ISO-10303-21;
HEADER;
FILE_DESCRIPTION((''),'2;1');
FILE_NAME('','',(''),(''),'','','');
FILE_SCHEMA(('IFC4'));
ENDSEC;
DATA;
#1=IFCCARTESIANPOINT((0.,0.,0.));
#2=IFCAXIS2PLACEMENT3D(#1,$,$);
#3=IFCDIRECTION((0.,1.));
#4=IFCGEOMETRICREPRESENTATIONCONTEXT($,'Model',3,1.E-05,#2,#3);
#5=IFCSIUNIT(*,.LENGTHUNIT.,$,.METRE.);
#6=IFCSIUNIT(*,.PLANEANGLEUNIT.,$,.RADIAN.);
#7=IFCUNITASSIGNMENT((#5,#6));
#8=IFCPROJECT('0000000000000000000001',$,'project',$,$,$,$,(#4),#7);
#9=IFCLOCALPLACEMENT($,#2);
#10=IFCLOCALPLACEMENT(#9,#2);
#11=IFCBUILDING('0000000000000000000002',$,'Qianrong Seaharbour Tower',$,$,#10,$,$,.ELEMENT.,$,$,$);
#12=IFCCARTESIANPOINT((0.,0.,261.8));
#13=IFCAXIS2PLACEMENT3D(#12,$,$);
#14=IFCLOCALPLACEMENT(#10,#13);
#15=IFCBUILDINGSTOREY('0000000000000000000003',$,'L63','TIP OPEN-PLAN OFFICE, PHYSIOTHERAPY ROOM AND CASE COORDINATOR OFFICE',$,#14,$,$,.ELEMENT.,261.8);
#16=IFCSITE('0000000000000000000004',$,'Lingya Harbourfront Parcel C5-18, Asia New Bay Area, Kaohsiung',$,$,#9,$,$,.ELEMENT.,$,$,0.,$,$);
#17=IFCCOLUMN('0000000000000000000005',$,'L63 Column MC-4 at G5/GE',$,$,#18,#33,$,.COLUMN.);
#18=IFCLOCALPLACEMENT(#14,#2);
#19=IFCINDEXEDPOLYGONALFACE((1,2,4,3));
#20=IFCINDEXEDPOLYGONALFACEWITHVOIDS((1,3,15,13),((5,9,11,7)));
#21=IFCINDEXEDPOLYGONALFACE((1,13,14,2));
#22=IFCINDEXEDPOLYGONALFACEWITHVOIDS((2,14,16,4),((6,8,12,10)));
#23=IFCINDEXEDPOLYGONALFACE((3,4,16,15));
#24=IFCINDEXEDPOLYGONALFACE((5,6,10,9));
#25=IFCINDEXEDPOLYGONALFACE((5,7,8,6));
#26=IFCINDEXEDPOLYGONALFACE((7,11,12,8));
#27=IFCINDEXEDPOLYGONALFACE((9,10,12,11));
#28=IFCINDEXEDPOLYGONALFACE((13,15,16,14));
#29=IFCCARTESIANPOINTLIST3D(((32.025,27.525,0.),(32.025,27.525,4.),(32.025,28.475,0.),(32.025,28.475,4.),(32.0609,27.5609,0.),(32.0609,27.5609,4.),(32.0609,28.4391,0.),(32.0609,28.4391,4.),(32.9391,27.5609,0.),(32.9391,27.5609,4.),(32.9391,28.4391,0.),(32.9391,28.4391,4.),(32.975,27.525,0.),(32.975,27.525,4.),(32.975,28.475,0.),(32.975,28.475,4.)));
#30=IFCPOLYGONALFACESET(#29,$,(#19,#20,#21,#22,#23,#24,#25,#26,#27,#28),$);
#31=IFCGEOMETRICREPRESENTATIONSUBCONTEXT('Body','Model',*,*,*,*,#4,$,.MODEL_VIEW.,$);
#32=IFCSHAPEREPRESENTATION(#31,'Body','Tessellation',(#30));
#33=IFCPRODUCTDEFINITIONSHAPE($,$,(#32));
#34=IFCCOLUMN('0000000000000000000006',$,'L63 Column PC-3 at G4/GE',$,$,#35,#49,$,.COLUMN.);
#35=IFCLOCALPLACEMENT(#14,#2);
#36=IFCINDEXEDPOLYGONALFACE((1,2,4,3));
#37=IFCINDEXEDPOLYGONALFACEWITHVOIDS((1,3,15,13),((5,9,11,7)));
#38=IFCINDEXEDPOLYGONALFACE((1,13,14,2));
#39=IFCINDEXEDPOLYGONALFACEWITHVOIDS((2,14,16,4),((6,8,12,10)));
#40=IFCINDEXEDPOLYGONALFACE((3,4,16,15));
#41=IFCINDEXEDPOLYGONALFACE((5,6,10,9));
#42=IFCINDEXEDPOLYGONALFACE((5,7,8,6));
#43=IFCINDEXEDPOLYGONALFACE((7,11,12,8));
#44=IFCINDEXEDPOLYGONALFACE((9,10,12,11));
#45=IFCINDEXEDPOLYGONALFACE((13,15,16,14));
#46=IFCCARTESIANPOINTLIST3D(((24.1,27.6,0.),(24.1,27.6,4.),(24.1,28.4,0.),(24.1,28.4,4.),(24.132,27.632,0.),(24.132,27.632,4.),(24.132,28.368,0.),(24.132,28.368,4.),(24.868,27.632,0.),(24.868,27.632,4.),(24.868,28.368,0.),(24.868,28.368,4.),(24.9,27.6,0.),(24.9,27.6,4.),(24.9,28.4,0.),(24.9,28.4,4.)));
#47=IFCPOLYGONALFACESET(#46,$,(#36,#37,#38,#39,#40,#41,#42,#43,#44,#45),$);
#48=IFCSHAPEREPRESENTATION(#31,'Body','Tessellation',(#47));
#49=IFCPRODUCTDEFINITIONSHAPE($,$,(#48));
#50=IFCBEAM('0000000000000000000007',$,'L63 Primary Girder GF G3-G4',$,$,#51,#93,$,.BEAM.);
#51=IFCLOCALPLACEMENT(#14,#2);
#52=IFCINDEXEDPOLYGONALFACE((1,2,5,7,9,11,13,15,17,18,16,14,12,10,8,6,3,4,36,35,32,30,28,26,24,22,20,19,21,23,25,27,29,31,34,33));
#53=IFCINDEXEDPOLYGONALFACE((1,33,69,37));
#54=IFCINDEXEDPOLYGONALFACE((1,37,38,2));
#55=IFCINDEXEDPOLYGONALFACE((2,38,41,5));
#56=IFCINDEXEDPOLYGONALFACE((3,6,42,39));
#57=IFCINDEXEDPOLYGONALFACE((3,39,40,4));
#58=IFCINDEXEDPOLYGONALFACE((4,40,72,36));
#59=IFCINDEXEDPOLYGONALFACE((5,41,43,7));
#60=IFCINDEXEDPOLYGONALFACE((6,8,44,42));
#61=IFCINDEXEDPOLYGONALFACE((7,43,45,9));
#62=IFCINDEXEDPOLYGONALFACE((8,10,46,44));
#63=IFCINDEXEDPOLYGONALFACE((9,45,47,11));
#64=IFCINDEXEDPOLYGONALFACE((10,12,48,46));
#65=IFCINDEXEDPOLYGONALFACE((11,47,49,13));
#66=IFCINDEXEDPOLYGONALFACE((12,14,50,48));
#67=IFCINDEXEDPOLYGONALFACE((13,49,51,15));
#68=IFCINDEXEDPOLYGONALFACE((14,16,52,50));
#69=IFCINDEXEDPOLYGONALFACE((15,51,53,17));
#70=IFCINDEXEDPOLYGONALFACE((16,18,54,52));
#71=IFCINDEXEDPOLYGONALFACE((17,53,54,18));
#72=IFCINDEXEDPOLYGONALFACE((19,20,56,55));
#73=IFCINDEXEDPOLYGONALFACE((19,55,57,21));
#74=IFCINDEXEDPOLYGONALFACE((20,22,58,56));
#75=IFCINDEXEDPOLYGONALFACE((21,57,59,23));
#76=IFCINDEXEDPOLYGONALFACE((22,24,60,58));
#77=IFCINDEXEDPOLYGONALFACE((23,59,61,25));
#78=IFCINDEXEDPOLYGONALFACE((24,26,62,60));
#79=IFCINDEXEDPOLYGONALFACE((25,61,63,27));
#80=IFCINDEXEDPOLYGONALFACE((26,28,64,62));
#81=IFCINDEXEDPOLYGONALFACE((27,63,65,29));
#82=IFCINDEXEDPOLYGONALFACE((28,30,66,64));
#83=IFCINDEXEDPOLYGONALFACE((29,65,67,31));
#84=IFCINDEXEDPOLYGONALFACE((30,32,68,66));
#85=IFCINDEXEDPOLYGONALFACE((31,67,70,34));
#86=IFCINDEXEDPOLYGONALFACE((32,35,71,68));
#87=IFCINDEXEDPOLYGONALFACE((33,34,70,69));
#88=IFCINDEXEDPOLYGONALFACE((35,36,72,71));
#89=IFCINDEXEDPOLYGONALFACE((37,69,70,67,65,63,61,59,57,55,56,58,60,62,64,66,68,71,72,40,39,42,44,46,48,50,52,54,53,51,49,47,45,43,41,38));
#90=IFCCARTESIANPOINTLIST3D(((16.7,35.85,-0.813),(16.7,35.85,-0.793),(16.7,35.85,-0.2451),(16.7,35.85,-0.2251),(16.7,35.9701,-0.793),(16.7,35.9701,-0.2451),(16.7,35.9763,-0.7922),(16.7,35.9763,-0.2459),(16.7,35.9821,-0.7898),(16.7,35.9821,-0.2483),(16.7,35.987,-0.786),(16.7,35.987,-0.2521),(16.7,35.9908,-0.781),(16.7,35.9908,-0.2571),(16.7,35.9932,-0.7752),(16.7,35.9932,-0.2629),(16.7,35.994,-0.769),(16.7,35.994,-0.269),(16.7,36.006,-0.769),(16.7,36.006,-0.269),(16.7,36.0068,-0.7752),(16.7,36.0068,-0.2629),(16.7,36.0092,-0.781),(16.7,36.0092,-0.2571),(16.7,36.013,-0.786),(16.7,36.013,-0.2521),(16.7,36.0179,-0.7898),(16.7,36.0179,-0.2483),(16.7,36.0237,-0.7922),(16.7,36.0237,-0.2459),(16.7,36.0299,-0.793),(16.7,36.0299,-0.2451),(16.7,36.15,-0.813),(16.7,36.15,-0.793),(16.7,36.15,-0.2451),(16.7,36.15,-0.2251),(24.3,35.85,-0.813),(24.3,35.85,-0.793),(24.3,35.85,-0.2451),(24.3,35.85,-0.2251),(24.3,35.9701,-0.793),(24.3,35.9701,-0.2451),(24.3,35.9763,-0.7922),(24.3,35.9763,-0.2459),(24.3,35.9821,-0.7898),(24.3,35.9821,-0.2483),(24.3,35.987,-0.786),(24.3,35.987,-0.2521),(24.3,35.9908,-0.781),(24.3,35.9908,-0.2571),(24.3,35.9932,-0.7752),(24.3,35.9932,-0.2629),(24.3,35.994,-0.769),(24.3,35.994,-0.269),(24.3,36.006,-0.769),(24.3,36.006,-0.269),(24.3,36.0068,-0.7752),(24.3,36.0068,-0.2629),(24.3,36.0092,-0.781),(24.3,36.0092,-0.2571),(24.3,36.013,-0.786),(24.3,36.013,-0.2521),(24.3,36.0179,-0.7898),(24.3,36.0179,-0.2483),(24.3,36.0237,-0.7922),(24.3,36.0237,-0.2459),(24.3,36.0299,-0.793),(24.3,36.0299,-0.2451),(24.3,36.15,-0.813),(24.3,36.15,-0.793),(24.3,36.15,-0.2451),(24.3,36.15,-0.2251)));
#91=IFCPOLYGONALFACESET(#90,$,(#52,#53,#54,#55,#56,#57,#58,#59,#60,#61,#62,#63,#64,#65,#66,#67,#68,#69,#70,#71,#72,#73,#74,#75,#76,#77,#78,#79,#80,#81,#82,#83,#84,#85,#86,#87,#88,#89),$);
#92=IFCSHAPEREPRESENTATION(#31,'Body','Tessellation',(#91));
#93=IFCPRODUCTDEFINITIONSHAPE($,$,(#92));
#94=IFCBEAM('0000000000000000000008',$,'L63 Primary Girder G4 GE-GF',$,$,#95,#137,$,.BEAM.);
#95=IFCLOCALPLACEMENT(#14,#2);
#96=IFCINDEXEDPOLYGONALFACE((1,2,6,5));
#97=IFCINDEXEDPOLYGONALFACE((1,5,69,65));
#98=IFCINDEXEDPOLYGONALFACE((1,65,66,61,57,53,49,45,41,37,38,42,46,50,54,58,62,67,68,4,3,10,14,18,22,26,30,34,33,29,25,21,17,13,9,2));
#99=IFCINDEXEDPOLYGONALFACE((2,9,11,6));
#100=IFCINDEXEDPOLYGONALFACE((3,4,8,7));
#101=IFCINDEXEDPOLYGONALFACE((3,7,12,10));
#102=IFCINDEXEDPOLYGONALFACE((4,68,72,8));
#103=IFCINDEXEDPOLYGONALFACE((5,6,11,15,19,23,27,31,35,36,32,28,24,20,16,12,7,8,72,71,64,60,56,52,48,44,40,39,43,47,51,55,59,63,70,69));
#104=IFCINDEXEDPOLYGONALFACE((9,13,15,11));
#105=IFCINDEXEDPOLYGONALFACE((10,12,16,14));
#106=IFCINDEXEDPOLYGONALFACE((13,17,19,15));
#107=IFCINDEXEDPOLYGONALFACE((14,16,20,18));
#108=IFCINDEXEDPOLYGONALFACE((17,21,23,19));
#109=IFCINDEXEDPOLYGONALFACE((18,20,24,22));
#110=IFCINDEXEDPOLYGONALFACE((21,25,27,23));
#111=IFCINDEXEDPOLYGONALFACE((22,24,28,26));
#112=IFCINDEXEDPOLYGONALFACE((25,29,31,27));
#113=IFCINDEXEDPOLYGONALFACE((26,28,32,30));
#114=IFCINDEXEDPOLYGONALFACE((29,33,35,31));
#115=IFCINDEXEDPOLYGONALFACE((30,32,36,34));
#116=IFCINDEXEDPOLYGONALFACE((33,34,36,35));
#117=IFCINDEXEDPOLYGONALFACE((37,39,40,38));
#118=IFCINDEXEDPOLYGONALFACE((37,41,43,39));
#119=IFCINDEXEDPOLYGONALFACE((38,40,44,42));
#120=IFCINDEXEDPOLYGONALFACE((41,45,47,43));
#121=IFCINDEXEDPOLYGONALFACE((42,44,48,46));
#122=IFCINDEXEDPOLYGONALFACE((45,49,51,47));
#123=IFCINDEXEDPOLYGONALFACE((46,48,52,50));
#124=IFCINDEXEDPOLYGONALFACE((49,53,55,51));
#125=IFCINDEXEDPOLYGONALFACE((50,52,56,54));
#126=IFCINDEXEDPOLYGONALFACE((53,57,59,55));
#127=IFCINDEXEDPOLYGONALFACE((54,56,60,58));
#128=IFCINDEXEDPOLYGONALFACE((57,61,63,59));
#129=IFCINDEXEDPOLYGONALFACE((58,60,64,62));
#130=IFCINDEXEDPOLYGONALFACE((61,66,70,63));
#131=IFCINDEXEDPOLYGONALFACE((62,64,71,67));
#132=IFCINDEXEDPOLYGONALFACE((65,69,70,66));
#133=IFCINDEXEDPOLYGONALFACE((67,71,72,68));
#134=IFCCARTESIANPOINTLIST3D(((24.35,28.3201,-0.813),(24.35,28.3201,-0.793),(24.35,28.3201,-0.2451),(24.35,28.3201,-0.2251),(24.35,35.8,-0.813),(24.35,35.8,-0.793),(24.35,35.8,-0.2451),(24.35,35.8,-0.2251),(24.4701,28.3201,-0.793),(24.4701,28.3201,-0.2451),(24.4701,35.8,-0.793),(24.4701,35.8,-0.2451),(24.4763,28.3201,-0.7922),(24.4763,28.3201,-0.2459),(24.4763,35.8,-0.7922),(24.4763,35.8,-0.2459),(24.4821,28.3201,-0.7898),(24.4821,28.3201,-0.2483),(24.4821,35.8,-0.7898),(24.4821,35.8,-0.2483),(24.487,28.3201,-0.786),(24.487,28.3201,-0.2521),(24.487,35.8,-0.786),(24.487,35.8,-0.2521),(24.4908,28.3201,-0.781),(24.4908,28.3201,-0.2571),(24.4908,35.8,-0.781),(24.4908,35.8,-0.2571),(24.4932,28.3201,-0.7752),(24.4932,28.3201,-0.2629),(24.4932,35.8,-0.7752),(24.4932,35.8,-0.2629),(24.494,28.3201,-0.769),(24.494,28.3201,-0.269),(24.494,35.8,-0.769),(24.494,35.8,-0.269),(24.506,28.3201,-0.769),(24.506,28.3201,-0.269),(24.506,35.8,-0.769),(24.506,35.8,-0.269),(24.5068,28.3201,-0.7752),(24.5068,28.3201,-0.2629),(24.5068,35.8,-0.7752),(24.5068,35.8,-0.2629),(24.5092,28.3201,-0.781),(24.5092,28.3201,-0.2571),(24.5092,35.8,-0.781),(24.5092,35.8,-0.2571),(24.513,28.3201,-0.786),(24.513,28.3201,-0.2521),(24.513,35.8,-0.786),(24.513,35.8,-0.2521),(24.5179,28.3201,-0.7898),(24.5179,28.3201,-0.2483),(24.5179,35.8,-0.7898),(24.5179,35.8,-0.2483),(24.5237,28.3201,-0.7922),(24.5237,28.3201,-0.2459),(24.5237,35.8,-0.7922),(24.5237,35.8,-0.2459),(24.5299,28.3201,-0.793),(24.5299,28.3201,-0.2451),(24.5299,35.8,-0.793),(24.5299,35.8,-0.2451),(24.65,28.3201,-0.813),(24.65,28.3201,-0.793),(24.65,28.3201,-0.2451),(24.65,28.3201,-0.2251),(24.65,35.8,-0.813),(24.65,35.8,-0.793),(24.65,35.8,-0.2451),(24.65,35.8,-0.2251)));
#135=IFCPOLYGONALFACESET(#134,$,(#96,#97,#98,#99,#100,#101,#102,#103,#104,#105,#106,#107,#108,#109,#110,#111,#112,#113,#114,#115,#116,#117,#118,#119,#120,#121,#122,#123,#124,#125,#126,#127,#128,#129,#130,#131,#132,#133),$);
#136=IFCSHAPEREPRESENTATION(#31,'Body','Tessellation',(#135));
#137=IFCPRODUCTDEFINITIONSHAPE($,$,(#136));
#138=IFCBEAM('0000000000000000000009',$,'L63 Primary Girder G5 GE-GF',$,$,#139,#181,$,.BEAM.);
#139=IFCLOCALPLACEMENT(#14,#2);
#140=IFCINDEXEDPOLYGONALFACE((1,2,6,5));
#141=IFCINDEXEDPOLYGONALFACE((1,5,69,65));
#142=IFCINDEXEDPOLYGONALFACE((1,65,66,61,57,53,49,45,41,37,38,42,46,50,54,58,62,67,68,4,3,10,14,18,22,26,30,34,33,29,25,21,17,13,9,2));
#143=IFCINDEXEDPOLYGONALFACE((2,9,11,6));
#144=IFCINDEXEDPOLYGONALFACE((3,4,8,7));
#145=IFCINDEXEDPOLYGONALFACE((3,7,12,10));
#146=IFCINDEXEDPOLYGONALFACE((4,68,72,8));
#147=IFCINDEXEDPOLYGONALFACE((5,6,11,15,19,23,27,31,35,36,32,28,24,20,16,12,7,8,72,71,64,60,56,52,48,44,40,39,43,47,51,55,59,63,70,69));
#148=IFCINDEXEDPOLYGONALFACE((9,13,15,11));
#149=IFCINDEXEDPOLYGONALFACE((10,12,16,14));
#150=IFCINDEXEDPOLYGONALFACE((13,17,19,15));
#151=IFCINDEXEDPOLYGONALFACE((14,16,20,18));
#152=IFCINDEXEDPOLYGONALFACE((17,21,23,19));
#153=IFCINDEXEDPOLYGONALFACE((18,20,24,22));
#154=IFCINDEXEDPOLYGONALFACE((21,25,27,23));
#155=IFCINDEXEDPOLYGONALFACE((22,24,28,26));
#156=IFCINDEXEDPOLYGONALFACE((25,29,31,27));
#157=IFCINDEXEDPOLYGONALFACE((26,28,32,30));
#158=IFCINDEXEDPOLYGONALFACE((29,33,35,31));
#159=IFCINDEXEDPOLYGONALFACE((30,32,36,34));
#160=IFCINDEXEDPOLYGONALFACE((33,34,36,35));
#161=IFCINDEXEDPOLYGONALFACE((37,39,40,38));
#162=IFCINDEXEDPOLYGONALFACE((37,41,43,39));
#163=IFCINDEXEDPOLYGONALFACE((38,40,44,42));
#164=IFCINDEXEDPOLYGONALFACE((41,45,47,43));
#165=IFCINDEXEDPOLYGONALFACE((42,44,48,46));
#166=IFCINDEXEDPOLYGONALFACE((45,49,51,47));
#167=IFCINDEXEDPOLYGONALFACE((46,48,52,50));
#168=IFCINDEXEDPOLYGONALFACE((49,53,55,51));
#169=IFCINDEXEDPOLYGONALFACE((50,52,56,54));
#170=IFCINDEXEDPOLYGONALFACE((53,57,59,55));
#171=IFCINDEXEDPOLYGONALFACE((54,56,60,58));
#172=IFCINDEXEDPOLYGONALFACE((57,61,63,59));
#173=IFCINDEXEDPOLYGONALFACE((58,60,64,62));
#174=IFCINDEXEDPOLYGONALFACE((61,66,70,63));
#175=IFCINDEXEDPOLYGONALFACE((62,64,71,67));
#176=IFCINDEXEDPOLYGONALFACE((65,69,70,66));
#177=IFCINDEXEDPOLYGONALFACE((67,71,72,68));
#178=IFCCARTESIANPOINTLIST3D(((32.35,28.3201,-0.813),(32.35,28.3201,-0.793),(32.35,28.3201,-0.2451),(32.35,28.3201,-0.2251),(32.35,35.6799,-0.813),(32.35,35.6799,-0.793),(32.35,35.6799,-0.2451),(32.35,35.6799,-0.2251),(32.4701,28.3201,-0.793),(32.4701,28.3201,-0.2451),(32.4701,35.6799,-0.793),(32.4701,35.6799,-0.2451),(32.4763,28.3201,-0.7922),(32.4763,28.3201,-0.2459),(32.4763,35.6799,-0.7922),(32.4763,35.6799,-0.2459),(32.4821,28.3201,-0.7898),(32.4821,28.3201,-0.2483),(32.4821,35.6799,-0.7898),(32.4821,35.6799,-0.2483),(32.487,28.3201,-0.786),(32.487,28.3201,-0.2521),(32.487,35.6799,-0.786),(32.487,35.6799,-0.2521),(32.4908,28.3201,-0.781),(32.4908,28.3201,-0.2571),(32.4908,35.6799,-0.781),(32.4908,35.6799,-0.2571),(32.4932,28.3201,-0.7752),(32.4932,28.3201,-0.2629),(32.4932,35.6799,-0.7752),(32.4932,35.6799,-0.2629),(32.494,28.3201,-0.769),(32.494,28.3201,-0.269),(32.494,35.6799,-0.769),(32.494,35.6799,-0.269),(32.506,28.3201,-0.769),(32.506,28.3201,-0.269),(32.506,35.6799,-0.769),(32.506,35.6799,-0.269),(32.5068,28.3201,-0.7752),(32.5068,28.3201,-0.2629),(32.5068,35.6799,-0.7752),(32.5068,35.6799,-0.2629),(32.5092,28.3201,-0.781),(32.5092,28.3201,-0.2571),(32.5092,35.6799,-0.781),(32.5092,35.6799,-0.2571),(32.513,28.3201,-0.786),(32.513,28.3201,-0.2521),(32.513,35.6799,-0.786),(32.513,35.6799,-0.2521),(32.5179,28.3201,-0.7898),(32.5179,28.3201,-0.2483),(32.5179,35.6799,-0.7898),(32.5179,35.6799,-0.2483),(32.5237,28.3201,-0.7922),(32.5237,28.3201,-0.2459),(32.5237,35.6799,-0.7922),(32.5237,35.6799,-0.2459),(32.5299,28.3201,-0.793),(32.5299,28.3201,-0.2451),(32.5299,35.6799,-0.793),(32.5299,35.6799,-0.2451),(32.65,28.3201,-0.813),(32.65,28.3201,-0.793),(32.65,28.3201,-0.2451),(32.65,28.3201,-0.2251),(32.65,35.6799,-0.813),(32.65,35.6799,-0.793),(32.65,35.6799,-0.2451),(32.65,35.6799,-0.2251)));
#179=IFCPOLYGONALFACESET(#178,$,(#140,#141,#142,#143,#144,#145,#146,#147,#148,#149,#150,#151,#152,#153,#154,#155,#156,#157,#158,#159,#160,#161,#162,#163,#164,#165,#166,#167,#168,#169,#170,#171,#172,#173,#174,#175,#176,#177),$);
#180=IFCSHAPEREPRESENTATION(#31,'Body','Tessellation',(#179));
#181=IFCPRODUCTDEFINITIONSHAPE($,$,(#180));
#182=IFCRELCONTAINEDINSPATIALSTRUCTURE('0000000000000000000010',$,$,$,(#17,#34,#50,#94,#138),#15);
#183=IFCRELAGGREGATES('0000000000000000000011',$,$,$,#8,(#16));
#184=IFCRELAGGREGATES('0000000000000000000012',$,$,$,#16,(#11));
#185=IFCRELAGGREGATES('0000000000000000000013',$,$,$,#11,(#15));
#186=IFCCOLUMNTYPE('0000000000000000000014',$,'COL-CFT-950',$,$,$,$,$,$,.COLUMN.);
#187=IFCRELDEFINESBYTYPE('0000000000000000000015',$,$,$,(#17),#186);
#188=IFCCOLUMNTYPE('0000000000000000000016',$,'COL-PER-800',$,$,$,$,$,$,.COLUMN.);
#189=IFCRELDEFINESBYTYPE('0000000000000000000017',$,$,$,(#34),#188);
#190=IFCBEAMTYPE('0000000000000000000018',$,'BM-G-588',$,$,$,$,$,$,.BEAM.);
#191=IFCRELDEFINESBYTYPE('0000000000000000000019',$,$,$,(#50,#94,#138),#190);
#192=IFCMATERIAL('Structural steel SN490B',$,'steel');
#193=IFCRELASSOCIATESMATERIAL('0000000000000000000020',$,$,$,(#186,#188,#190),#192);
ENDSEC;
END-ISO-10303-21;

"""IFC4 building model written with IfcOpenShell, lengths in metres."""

from ifc_helpers import new_model, si_unit, direction, frame, origin, origin_2d, place, context, subcontext, project, spatial, hollow_rectangle, i_section, extrude, material, material_profile, profile_set, type_object, element, save


model = new_model("IFC4")

# Units and contexts
model_context = context("Model", 3, precision=1e-05, world=origin(), true_north=direction((0.0, 1.0)))
body_context = subcontext(model_context, "Body", "Model", "MODEL_VIEW")
ifc_project = project(units=[si_unit("LENGTHUNIT", "METRE"), si_unit("PLANEANGLEUNIT", "RADIAN")], contexts=[model_context])

# Site, building, storey
site_placement = place(None, origin())
site = spatial("IfcSite", under=ifc_project, at=site_placement, Name="Lingya Harbourfront Parcel C5-18, Asia New Bay Area, Kaohsiung", CompositionType="ELEMENT", RefElevation=0.0)
building_placement = place(site_placement, origin())
building = spatial("IfcBuilding", under=site, at=building_placement, Name="Qianrong Seaharbour Tower", CompositionType="ELEMENT")
storey_placement = place(building_placement, frame((0.0, 0.0, 261.8)))
storey = spatial("IfcBuildingStorey", under=building, at=storey_placement, Name="L63", Description="TIP OPEN-PLAN OFFICE, PHYSIOTHERAPY ROOM AND CASE COORDINATOR OFFICE", CompositionType="ELEMENT", Elevation=261.8)

# Columns
ifc_material_1 = material(Name="Structural steel SN490B", Category="steel")
ifc_material_profile_1 = material_profile(ifc_material_1, hollow_rectangle(XDim=0.95, YDim=0.95, WallThickness=0.0359, at=origin_2d()), Name="BOX950x950x36")
ifc_profile_set_1 = profile_set([ifc_material_profile_1], Name="Structural steel SN490B")
column_type_1 = type_object("IfcColumnType", Name="COL-CFT-950", PredefinedType="COLUMN", material=ifc_profile_set_1)
column_1_placement = place(storey_placement, frame((32.5, 28.0, 0.0), z_axis=(0.0, 0.0, 1.0), x_axis=(1.0, 0.0, 0.0)))
element("IfcColumn", 1, at=column_1_placement, inside=storey, type_object=column_type_1, Name="L63 Column MC-4 at G5/GE", PredefinedType="COLUMN", context=body_context, shape_type="SweptSolid", body=[
    extrude(hollow_rectangle(XDim=0.95, YDim=0.95, WallThickness=0.0359, at=origin_2d()), origin(), (0.0, 0.0, 1.0), 4.0),
])
ifc_material_profile_2 = material_profile(ifc_material_1, hollow_rectangle(XDim=0.8, YDim=0.8, WallThickness=0.032, at=origin_2d()), Name="BOX800x800x32")
ifc_profile_set_2 = profile_set([ifc_material_profile_2], Name="Structural steel SN490B")
column_type_2 = type_object("IfcColumnType", Name="COL-PER-800", PredefinedType="COLUMN", material=ifc_profile_set_2)
column_2_placement = place(storey_placement, frame((24.5, 28.0, 0.0), z_axis=(0.0, 0.0, 1.0), x_axis=(1.0, 0.0, 0.0)))
element("IfcColumn", 2, at=column_2_placement, inside=storey, type_object=column_type_2, Name="L63 Column PC-3 at G4/GE", PredefinedType="COLUMN", context=body_context, shape_type="SweptSolid", body=[
    extrude(hollow_rectangle(XDim=0.8, YDim=0.8, WallThickness=0.032, at=origin_2d()), origin(), (0.0, 0.0, 1.0), 4.0),
])

# Beams
ifc_material_profile_3 = material_profile(ifc_material_1, i_section(OverallWidth=0.3, OverallDepth=0.5879, WebThickness=0.012, FlangeThickness=0.02, FilletRadius=0.0239, at=origin_2d()), Name="H588x300x12x20")
ifc_profile_set_3 = profile_set([ifc_material_profile_3], Name="Structural steel SN490B")
beam_type_1 = type_object("IfcBeamType", Name="BM-G-588", PredefinedType="BEAM", material=ifc_profile_set_3)
beam_1_placement = place(storey_placement, frame((16.7, 36.0, -0.519), z_axis=(1.0, 0.0, 0.0), x_axis=(0.0, 1.0, 0.0)))
element("IfcBeam", 3, at=beam_1_placement, inside=storey, type_object=beam_type_1, Name="L63 Primary Girder GF G3-G4", PredefinedType="BEAM", context=body_context, shape_type="SweptSolid", body=[
    extrude(i_section(OverallWidth=0.3, OverallDepth=0.5879, WebThickness=0.012, FlangeThickness=0.02, FilletRadius=0.0239, at=origin_2d()), origin(), (0.0, 0.0, 1.0), 7.6001),
])
beam_2_placement = place(storey_placement, frame((24.5, 28.3201, -0.519), z_axis=(0.0, 1.0, 0.0), x_axis=(-1.0, 0.0, 0.0)))
element("IfcBeam", 4, at=beam_2_placement, inside=storey, type_object=beam_type_1, Name="L63 Primary Girder G4 GE-GF", PredefinedType="BEAM", context=body_context, shape_type="SweptSolid", body=[
    extrude(i_section(OverallWidth=0.3, OverallDepth=0.5879, WebThickness=0.012, FlangeThickness=0.02, FilletRadius=0.0239, at=origin_2d()), origin(), (0.0, 0.0, 1.0), 7.48),
])
beam_3_placement = place(storey_placement, frame((32.5, 28.3201, -0.519), z_axis=(0.0, 1.0, 0.0), x_axis=(-1.0, 0.0, 0.0)))
element("IfcBeam", 5, at=beam_3_placement, inside=storey, type_object=beam_type_1, Name="L63 Primary Girder G5 GE-GF", PredefinedType="BEAM", context=body_context, shape_type="SweptSolid", body=[
    extrude(i_section(OverallWidth=0.3, OverallDepth=0.5879, WebThickness=0.012, FlangeThickness=0.02, FilletRadius=0.0239, at=origin_2d()), origin(), (0.0, 0.0, 1.0), 7.3599),
])

save(model, "model.ifc")
